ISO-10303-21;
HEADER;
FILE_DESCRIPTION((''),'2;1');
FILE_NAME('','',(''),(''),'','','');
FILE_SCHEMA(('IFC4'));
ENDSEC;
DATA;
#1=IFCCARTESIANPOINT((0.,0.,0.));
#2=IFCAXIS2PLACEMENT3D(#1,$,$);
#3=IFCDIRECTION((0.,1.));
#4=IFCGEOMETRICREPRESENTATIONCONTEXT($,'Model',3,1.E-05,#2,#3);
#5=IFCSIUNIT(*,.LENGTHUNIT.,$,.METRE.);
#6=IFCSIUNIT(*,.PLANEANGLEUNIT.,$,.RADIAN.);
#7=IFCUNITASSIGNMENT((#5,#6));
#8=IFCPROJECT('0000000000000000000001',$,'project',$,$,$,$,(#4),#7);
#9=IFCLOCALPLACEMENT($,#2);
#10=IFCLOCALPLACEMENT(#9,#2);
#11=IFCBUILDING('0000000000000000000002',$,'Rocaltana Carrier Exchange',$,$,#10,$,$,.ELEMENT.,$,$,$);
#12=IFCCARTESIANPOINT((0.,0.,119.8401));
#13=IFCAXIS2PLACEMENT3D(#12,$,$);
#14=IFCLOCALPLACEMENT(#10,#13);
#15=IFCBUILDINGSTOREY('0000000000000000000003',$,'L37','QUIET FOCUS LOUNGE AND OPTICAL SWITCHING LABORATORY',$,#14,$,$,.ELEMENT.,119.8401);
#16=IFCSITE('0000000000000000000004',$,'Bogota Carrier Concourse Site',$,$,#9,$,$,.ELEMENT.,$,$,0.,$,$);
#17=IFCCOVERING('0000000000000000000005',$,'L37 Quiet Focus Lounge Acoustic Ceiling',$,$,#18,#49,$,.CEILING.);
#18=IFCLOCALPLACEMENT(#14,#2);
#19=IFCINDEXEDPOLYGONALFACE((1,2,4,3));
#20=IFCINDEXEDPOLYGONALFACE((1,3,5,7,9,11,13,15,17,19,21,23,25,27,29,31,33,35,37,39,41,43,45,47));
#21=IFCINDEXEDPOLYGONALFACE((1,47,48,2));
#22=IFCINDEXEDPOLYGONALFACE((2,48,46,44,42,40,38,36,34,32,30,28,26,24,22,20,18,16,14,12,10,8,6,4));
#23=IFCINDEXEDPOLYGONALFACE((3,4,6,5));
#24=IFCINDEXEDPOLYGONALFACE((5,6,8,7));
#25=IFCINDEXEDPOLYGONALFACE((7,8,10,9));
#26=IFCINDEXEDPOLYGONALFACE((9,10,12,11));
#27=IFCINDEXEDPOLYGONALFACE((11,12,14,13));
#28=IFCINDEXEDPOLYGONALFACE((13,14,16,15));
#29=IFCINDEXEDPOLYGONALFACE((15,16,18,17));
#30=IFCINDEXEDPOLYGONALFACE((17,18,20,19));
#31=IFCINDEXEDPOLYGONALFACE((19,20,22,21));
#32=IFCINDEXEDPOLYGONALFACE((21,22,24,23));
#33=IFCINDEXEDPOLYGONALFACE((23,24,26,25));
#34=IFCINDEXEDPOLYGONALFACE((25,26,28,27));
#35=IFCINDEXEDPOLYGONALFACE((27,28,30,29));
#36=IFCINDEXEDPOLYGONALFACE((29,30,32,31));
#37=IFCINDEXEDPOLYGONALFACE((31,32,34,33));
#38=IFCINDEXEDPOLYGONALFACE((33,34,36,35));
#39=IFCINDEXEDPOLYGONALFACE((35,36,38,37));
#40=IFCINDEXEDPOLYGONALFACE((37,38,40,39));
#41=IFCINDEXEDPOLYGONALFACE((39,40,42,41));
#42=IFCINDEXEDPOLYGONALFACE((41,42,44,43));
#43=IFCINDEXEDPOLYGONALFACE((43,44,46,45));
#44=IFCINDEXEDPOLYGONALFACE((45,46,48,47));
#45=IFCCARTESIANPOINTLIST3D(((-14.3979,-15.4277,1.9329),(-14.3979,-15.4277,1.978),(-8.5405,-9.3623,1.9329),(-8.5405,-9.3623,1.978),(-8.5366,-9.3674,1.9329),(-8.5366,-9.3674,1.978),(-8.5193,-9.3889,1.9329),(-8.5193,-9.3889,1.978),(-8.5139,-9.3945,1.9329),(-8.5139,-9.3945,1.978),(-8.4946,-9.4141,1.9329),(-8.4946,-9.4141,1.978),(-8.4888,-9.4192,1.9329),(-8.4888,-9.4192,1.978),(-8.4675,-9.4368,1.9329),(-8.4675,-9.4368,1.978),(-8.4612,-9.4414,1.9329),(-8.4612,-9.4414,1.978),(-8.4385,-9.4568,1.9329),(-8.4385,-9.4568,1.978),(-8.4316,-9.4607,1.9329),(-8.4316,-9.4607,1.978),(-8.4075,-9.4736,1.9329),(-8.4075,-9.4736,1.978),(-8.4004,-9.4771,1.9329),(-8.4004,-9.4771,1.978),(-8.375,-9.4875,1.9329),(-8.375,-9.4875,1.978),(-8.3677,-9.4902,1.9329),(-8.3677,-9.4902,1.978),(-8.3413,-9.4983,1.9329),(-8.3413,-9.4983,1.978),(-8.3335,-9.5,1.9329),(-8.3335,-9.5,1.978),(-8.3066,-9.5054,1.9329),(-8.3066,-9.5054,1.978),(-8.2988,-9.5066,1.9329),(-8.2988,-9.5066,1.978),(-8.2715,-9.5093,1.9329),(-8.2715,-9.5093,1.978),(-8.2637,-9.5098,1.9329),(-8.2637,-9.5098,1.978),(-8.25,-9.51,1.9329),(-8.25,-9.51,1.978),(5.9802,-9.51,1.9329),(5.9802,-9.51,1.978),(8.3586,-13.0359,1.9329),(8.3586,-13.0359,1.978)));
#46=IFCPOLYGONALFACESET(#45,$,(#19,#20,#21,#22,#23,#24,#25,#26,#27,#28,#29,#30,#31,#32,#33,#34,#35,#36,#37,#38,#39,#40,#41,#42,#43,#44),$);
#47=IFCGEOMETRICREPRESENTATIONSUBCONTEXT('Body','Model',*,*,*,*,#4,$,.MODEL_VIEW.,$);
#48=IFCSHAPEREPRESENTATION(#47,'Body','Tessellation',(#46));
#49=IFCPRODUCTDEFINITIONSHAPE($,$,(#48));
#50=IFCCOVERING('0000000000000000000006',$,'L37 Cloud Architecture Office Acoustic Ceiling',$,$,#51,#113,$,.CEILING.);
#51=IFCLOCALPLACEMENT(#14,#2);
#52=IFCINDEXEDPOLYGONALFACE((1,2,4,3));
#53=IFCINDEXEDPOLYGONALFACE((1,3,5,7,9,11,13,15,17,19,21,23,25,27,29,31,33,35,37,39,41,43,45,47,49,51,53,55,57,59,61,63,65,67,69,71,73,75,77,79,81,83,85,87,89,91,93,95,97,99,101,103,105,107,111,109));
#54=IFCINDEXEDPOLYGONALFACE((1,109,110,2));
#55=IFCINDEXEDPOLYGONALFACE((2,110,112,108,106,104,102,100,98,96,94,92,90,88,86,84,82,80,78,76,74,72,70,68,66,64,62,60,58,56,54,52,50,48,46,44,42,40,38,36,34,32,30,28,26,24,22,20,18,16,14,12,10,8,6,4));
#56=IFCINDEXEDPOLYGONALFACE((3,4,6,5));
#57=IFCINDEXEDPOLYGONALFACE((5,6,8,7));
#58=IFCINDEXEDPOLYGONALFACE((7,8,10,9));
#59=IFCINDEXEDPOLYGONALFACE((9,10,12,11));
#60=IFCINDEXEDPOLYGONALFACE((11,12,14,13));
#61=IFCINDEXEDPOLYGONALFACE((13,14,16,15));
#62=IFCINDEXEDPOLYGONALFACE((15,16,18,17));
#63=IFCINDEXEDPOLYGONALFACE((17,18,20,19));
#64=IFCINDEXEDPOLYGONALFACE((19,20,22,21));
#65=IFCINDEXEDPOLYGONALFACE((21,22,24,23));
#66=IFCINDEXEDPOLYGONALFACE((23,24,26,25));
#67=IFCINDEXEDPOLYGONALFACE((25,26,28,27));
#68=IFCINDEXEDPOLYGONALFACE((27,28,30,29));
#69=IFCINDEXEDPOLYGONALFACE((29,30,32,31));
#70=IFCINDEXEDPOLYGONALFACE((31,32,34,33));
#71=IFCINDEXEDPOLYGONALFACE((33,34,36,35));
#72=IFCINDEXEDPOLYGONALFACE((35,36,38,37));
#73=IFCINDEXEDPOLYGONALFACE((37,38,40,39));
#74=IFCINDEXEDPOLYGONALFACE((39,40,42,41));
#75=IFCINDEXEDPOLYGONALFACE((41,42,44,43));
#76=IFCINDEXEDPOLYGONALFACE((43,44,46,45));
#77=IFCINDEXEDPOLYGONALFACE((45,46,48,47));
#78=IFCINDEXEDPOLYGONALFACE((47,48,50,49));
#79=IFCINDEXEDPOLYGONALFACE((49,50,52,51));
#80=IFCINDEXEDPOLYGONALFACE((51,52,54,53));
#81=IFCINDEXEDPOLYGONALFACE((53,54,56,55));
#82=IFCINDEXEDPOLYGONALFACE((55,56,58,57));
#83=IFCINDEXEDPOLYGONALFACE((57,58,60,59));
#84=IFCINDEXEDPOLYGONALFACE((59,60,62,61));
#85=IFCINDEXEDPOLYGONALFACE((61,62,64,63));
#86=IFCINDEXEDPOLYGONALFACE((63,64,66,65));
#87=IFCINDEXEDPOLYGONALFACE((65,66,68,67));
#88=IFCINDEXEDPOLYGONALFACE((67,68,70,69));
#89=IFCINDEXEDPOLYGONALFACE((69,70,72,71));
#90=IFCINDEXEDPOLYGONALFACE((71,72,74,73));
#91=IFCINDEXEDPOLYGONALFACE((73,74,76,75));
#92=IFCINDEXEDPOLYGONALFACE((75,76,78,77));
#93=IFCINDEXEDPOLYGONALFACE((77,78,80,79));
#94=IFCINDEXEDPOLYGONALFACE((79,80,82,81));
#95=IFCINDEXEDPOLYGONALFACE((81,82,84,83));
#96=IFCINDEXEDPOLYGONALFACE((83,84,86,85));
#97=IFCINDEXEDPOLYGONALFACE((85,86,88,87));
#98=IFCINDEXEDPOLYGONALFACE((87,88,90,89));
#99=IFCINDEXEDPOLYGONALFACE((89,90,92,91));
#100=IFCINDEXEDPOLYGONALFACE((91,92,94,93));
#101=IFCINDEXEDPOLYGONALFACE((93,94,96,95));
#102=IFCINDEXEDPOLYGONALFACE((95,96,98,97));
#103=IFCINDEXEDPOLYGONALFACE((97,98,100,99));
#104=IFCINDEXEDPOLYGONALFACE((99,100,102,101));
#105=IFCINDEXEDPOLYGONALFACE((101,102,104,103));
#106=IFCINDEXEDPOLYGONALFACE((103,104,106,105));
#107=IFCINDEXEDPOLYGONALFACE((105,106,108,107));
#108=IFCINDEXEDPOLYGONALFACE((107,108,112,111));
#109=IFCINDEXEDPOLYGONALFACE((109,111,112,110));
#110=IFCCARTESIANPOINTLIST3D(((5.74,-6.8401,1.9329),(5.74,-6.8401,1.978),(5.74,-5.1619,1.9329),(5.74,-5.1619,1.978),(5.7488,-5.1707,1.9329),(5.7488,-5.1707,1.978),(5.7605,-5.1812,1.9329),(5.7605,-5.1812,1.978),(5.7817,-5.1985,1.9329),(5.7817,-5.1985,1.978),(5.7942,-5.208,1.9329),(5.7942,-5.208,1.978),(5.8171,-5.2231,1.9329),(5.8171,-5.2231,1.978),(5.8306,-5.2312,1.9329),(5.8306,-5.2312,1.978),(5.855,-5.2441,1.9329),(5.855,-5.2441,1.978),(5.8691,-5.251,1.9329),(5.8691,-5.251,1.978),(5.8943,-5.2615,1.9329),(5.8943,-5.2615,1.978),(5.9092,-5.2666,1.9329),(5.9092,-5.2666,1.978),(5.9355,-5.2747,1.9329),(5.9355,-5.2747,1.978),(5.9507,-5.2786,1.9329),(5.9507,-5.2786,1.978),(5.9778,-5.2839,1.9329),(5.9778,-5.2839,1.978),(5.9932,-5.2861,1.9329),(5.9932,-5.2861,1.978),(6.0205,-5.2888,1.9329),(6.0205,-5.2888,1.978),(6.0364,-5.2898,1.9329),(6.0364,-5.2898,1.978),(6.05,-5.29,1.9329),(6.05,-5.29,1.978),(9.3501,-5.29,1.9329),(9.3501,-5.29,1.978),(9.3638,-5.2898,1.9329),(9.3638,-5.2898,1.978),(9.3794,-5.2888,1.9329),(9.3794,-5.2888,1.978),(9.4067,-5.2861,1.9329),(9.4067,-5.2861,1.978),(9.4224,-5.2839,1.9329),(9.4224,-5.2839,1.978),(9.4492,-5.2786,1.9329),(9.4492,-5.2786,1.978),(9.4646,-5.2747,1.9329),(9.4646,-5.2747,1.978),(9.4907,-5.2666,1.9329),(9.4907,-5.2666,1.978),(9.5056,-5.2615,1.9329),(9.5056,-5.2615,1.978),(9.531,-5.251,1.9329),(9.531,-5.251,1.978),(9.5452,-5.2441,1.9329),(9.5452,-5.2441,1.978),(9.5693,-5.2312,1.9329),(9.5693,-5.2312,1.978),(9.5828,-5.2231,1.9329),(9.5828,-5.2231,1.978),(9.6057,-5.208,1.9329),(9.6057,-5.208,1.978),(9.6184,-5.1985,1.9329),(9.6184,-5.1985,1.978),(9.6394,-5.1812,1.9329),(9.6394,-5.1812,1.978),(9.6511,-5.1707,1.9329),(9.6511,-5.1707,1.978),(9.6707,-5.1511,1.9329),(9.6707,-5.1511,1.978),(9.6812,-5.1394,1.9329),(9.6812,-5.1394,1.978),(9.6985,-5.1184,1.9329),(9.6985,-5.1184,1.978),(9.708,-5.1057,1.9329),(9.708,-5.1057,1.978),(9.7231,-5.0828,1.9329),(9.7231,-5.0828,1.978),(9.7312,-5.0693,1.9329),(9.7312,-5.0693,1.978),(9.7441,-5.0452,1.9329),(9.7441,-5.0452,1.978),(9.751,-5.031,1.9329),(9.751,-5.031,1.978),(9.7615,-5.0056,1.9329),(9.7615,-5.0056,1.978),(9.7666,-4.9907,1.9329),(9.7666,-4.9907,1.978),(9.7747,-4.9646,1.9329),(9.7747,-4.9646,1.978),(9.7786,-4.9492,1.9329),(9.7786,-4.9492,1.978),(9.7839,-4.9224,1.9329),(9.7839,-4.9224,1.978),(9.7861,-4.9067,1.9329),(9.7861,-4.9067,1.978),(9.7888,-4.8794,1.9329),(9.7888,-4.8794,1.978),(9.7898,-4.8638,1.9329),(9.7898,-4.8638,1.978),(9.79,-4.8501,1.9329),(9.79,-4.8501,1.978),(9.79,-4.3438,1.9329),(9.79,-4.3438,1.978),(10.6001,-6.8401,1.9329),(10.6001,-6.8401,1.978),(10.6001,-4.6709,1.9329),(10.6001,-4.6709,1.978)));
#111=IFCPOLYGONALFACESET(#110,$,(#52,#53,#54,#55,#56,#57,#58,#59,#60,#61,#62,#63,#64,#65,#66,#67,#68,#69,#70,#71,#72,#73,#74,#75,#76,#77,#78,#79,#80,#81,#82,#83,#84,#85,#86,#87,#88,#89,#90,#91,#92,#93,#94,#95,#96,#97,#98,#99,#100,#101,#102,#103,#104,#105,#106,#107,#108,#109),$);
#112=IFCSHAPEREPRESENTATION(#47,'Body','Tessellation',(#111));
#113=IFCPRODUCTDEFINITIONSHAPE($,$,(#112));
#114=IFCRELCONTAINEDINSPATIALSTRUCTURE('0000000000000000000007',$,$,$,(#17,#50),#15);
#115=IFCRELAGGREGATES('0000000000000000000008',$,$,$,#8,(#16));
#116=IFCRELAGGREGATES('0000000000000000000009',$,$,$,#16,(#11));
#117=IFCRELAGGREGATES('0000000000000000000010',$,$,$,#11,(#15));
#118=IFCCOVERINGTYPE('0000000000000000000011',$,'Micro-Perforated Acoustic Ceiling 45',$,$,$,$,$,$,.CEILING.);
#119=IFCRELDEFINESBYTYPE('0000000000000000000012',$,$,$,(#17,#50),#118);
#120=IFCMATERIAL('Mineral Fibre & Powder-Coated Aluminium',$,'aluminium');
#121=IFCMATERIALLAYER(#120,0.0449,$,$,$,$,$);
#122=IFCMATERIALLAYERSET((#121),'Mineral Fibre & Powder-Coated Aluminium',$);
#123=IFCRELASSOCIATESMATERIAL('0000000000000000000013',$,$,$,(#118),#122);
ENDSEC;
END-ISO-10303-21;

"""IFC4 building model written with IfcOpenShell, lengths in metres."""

from ifc_helpers import new_model, si_unit, direction, frame, origin, place, context, subcontext, project, spatial, polyline, outline, extrude, material, layer, layer_set, type_object, element, save


model = new_model("IFC4")

# Units and contexts
model_context = context("Model", 3, precision=1e-05, world=origin(), true_north=direction((0.0, 1.0)))
body_context = subcontext(model_context, "Body", "Model", "MODEL_VIEW")
ifc_project = project(units=[si_unit("LENGTHUNIT", "METRE"), si_unit("PLANEANGLEUNIT", "RADIAN")], contexts=[model_context])

# Site, building, storey
site_placement = place(None, origin())
site = spatial("IfcSite", under=ifc_project, at=site_placement, Name="Bogota Carrier Concourse Site", CompositionType="ELEMENT", RefElevation=0.0)
building_placement = place(site_placement, origin())
building = spatial("IfcBuilding", under=site, at=building_placement, Name="Rocaltana Carrier Exchange", CompositionType="ELEMENT")
storey_placement = place(building_placement, frame((0.0, 0.0, 119.8401)))
storey = spatial("IfcBuildingStorey", under=building, at=storey_placement, Name="L37", Description="QUIET FOCUS LOUNGE AND OPTICAL SWITCHING LABORATORY", CompositionType="ELEMENT", Elevation=119.8401)

# Coverings
ifc_material_1 = material(Name="Mineral Fibre & Powder-Coated Aluminium", Category="aluminium")
ifc_layer_1 = layer(ifc_material_1, 0.0449)
ifc_layer_set_1 = layer_set([ifc_layer_1], Name="Mineral Fibre & Powder-Coated Aluminium")
covering_type_1 = type_object("IfcCoveringType", Name="Micro-Perforated Acoustic Ceiling 45", PredefinedType="CEILING", material=ifc_layer_set_1)
covering_1_placement = place(storey_placement, frame((0.0, 0.0, 1.9329)))
element("IfcCovering", 1, at=covering_1_placement, inside=storey, type_object=covering_type_1, Name="L37 Quiet Focus Lounge Acoustic Ceiling", PredefinedType="CEILING", context=body_context, shape_type="SweptSolid", body=[
    extrude(outline(polyline([(-14.3979, -15.4277), (-8.5405, -9.3623), (-8.5366, -9.3674), (-8.5193, -9.3889), (-8.5139, -9.3945), (-8.4946, -9.4141), (-8.4888, -9.4192), (-8.4675, -9.4368), (-8.4612, -9.4414), (-8.4385, -9.4568), (-8.4316, -9.4607), (-8.4075, -9.4736), (-8.4004, -9.4771), (-8.375, -9.4875), (-8.3677, -9.4902), (-8.3413, -9.4983), (-8.3335, -9.5), (-8.3066, -9.5054), (-8.2988, -9.5066), (-8.2715, -9.5093), (-8.2637, -9.5098), (-8.25, -9.51), (5.9802, -9.51), (8.3586, -13.0359), (-14.3979, -15.4277)])), origin(), (0.0, 0.0, 1.0), 0.0452),
])
covering_2_placement = place(storey_placement, frame((0.0, 0.0, 1.9329)))
element("IfcCovering", 2, at=covering_2_placement, inside=storey, type_object=covering_type_1, Name="L37 Cloud Architecture Office Acoustic Ceiling", PredefinedType="CEILING", context=body_context, shape_type="SweptSolid", body=[
    extrude(outline(polyline([(5.74, -6.8401), (5.74, -5.1619), (5.7488, -5.1707), (5.7605, -5.1812), (5.7817, -5.1985), (5.7942, -5.208), (5.8171, -5.2231), (5.8306, -5.2312), (5.855, -5.2441), (5.8691, -5.251), (5.8943, -5.2615), (5.9092, -5.2666), (5.9355, -5.2747), (5.9507, -5.2786), (5.9778, -5.2839), (5.9932, -5.2861), (6.0205, -5.2888), (6.0364, -5.2898), (6.05, -5.29), (9.3501, -5.29), (9.3638, -5.2898), (9.3794, -5.2888), (9.4067, -5.2861), (9.4224, -5.2839), (9.4492, -5.2786), (9.4646, -5.2747), (9.4907, -5.2666), (9.5056, -5.2615), (9.531, -5.251), (9.5452, -5.2441), (9.5693, -5.2312), (9.5828, -5.2231), (9.6057, -5.208), (9.6184, -5.1985), (9.6394, -5.1812), (9.6511, -5.1707), (9.6707, -5.1511), (9.6812, -5.1394), (9.6985, -5.1184), (9.708, -5.1057), (9.7231, -5.0828), (9.7312, -5.0693), (9.7441, -5.0452), (9.751, -5.031), (9.7615, -5.0056), (9.7666, -4.9907), (9.7747, -4.9646), (9.7786, -4.9492), (9.7839, -4.9224), (9.7861, -4.9067), (9.7888, -4.8794), (9.7898, -4.8638), (9.79, -4.8501), (9.79, -4.3438), (10.6001, -4.6709), (10.6001, -6.8401), (5.74, -6.8401)])), origin(), (0.0, 0.0, 1.0), 0.0452),
])

save(model, "model.ifc")
